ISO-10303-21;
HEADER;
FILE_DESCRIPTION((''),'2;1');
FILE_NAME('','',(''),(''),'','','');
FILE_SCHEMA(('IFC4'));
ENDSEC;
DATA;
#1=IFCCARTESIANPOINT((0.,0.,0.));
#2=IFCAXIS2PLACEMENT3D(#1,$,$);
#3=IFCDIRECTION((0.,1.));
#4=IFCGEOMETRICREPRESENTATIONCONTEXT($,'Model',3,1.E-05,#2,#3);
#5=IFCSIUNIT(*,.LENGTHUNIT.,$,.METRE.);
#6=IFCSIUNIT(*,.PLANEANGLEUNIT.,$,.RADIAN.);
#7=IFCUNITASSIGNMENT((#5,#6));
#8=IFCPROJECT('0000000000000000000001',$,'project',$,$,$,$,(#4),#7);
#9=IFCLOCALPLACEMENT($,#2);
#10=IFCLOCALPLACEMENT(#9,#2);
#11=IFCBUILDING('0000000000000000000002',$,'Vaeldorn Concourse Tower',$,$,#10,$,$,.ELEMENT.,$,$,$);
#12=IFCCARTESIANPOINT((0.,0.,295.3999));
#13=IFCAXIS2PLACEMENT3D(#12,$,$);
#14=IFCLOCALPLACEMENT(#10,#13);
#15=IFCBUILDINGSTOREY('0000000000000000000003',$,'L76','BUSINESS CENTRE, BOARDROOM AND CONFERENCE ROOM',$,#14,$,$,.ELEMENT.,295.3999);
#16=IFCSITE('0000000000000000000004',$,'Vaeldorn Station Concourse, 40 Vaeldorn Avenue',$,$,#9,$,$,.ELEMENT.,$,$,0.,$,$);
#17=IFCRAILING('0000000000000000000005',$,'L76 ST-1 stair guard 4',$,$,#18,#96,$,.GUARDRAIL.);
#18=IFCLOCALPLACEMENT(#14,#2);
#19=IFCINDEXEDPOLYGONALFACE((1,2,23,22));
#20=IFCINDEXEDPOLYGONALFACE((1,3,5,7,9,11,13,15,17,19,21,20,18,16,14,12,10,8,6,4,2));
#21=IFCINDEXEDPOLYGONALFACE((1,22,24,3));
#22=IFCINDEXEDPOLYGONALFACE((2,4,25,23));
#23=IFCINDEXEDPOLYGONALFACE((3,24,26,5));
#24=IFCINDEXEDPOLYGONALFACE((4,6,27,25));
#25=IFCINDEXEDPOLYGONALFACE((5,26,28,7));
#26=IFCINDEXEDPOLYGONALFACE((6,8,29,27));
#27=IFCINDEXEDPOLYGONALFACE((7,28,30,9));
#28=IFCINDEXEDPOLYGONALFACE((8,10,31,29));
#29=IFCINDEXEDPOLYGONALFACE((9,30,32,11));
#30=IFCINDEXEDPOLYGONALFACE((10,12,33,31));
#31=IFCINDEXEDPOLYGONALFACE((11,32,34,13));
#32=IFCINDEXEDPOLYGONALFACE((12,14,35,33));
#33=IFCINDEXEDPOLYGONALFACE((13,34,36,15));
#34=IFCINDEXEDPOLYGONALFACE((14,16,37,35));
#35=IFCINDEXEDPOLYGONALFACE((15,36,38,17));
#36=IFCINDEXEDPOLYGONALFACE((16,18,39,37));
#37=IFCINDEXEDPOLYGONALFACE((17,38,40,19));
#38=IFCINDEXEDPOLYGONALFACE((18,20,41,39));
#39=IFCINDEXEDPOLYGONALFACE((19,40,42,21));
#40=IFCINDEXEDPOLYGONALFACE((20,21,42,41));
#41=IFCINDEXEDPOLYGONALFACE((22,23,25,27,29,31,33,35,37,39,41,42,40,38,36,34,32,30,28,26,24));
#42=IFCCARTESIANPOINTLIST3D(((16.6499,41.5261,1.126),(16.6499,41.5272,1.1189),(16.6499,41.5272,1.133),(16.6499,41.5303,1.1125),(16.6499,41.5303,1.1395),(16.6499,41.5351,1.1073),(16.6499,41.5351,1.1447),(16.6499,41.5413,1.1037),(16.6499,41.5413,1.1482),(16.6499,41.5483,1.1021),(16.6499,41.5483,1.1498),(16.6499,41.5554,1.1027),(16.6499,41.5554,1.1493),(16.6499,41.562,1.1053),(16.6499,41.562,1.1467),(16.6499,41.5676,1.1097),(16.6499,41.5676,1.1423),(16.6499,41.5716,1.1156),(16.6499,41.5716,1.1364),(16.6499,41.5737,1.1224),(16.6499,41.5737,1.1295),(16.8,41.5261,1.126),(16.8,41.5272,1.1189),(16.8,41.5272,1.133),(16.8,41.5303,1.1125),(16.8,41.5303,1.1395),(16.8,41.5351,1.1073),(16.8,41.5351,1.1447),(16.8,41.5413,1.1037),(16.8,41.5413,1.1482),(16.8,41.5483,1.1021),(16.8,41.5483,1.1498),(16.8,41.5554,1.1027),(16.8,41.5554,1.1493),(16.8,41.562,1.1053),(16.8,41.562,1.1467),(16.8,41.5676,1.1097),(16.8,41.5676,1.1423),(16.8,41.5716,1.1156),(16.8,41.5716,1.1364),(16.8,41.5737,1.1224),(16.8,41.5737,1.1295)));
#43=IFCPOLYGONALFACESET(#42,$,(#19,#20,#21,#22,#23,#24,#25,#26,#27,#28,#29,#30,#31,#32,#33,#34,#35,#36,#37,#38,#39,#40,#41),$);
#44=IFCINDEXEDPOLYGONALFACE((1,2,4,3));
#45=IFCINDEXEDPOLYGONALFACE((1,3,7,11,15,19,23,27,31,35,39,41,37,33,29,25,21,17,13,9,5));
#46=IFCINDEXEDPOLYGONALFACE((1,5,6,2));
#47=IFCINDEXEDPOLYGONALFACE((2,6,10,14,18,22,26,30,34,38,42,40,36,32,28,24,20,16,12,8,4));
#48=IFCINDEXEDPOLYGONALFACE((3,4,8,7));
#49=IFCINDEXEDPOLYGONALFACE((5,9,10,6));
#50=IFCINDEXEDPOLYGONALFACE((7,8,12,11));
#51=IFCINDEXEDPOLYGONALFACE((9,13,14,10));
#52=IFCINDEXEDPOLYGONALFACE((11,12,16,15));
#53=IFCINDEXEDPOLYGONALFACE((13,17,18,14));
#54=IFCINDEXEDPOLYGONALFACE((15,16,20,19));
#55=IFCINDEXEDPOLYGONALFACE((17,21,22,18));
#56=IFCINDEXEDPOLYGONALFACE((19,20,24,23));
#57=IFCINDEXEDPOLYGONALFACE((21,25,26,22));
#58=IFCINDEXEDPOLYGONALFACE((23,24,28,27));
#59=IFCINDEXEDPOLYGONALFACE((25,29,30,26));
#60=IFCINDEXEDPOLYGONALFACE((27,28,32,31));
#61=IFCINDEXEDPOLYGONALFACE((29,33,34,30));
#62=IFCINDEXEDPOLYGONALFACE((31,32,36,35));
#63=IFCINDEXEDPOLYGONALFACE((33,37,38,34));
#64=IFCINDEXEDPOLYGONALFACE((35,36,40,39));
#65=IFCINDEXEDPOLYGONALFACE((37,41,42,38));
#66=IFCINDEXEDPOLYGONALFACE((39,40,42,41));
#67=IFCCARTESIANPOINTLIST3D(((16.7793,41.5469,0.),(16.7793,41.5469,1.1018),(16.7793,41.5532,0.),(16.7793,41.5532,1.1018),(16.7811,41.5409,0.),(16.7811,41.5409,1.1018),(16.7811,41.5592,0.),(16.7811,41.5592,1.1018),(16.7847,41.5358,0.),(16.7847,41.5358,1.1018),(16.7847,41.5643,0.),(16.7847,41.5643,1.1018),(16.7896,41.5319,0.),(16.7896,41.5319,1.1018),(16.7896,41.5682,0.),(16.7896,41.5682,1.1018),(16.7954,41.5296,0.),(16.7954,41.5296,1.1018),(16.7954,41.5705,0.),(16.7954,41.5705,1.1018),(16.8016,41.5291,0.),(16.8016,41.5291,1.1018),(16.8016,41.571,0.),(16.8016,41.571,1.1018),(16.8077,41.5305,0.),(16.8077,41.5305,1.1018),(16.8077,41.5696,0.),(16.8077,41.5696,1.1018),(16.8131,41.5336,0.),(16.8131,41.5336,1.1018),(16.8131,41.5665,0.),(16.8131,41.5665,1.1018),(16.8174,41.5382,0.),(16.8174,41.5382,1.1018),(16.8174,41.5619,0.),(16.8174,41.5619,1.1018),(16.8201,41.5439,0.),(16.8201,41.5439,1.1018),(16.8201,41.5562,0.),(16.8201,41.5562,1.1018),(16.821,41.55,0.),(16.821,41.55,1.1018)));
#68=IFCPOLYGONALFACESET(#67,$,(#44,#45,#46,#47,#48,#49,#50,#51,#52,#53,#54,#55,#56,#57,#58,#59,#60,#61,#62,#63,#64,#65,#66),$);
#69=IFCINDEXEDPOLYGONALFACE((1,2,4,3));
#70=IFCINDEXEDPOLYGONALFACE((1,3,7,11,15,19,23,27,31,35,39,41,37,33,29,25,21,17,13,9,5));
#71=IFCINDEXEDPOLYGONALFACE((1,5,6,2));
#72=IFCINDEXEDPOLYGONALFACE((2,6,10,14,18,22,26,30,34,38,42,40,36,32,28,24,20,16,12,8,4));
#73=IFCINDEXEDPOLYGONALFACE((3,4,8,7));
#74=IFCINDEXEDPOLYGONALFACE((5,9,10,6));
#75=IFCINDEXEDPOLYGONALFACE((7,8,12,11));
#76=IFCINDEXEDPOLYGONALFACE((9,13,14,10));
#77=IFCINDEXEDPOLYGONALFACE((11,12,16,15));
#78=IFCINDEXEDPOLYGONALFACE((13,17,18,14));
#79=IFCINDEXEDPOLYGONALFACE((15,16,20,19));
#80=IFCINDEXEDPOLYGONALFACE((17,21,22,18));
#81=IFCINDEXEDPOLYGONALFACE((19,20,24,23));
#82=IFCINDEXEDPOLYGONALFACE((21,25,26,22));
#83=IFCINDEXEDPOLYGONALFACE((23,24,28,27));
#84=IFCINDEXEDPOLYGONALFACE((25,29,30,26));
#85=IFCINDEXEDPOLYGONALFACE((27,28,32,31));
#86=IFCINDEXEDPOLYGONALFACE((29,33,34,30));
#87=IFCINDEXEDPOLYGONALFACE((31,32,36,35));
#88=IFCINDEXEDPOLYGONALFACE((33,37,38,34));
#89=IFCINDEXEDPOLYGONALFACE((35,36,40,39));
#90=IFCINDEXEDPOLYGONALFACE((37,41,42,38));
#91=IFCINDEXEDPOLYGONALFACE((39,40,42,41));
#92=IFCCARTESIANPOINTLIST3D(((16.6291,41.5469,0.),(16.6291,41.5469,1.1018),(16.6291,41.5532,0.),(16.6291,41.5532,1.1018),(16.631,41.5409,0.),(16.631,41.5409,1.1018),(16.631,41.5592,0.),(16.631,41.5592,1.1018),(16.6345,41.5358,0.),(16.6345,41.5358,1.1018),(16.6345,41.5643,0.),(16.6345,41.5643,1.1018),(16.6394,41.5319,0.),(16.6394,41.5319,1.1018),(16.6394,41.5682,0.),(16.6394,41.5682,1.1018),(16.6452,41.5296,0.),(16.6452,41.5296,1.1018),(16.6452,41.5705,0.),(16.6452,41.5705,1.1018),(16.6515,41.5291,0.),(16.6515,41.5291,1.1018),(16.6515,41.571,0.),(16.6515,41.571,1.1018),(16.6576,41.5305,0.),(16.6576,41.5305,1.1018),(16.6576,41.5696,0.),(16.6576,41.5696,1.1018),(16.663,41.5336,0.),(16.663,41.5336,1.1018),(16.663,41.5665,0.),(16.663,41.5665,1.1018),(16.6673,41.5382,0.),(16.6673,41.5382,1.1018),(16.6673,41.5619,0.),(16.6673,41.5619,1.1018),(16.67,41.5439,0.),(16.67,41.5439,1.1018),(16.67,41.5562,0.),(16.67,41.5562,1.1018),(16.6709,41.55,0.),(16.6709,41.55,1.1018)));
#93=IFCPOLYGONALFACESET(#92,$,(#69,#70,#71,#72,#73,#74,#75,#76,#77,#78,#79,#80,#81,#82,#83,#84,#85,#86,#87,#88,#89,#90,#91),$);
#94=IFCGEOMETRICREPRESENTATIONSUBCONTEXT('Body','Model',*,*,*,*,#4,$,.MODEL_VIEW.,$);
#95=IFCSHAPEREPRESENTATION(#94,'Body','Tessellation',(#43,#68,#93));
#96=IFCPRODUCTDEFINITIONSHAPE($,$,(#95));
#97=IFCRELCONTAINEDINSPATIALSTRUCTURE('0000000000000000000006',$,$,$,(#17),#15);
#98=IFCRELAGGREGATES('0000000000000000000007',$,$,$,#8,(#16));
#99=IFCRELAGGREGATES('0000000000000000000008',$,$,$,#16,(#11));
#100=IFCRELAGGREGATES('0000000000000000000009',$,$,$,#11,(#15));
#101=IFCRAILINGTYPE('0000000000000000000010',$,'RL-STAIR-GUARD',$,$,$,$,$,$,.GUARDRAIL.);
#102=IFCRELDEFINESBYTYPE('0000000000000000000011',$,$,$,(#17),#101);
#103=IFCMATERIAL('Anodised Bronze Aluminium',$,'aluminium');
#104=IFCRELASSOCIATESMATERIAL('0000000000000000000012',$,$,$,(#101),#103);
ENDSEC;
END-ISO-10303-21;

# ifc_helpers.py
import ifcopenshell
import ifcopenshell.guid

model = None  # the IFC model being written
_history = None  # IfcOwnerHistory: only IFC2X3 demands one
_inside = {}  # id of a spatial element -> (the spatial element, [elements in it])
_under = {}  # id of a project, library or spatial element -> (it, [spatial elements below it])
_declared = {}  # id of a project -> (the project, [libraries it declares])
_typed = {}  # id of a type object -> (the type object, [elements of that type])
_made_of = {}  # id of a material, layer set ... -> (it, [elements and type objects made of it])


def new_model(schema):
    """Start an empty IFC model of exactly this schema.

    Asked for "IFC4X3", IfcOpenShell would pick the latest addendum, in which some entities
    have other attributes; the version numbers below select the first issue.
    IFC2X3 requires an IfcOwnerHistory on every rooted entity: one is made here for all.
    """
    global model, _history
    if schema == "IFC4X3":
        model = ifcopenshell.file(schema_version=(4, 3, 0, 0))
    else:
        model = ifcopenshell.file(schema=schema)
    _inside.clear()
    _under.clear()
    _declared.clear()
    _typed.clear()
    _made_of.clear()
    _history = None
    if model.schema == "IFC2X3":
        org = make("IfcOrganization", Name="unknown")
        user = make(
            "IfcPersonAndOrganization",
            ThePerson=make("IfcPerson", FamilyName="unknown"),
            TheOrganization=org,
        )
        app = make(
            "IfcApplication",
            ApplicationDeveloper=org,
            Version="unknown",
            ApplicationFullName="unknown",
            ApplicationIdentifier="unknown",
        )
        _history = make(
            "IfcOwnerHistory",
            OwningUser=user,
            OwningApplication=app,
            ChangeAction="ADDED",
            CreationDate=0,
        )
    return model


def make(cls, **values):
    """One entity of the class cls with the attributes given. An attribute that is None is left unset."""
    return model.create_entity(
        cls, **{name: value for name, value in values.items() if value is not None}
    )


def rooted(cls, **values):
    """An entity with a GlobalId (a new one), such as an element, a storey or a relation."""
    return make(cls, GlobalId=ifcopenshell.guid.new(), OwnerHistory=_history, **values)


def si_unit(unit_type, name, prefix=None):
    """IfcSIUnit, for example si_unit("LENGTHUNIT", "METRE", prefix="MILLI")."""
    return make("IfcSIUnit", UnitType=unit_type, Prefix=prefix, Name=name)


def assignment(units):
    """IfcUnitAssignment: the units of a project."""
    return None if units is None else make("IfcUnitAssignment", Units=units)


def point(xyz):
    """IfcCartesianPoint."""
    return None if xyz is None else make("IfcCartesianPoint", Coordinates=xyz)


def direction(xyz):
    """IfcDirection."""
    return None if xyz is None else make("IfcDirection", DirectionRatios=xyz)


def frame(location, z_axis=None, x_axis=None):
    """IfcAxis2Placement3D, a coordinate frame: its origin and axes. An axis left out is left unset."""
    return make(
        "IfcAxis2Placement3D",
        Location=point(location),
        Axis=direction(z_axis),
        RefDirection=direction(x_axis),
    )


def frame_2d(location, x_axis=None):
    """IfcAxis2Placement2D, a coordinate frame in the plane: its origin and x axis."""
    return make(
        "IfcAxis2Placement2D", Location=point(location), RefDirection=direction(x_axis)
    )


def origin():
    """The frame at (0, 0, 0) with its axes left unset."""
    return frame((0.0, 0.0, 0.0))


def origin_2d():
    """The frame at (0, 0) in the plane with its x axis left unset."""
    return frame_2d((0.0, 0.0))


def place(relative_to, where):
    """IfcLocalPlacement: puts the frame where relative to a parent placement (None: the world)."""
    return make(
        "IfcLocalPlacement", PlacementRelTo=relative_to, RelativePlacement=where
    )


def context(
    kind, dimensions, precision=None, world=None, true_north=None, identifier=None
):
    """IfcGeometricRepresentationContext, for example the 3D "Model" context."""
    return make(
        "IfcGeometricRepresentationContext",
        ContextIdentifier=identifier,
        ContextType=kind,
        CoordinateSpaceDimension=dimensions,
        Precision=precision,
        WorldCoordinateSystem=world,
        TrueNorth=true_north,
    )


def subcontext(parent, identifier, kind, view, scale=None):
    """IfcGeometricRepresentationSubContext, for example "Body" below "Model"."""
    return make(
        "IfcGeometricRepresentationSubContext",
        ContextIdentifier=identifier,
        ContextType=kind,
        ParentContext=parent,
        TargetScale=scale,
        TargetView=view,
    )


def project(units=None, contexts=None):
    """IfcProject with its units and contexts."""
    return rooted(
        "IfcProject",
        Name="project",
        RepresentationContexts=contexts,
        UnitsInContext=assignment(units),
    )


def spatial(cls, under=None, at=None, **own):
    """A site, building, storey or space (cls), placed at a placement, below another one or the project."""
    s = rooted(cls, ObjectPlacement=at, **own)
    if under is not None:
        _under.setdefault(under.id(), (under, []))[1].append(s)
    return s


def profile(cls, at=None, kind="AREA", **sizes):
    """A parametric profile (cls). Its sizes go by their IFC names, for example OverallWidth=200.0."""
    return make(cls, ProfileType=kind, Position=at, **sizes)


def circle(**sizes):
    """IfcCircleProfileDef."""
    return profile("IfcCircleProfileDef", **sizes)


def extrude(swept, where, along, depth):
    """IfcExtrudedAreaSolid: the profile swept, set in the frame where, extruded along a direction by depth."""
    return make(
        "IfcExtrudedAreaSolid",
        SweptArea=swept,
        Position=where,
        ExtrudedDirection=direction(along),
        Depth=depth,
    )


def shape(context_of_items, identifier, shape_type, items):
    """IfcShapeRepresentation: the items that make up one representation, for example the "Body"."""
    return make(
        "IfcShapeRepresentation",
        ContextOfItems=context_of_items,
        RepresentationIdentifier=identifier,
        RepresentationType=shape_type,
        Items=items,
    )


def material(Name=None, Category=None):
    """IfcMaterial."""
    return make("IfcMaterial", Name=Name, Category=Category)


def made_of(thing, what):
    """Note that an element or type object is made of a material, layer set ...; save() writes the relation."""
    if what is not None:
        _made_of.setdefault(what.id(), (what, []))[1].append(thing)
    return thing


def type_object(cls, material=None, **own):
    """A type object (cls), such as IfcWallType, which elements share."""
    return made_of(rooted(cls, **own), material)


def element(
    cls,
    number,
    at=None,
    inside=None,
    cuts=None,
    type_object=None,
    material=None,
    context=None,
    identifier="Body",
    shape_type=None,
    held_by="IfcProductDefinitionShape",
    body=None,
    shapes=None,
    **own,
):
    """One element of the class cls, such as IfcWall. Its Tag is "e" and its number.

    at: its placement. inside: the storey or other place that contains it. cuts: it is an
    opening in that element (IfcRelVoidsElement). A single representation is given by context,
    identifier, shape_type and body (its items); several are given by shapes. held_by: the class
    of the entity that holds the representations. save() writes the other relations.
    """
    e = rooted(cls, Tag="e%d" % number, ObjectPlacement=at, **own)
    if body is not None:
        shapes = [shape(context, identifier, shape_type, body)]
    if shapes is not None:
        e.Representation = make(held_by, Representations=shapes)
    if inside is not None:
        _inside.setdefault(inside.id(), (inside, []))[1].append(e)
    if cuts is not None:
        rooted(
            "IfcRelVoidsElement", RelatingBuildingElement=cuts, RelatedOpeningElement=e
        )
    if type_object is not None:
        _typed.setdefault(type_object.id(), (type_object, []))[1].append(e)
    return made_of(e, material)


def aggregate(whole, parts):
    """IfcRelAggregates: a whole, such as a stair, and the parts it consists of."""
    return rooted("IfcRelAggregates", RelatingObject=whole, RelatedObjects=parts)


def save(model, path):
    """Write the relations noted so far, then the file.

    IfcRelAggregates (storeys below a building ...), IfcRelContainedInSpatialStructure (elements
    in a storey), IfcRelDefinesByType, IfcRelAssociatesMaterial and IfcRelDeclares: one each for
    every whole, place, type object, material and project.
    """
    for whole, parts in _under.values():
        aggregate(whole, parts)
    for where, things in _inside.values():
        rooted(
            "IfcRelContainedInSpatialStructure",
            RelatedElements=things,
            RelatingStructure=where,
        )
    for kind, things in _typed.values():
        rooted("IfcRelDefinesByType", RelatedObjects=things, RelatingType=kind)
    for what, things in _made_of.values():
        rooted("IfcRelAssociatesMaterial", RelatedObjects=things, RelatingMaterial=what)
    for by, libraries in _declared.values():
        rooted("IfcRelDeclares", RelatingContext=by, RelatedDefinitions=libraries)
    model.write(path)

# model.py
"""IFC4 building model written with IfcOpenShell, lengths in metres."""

from ifc_helpers import new_model, si_unit, direction, frame, origin, origin_2d, place, context, subcontext, project, spatial, circle, extrude, material, type_object, element, save


model = new_model("IFC4")

# Units and contexts
model_context = context("Model", 3, precision=1e-05, world=origin(), true_north=direction((0.0, 1.0)))
body_context = subcontext(model_context, "Body", "Model", "MODEL_VIEW")
ifc_project = project(units=[si_unit("LENGTHUNIT", "METRE"), si_unit("PLANEANGLEUNIT", "RADIAN")], contexts=[model_context])

# Site, building, storey
site_placement = place(None, origin())
site = spatial("IfcSite", under=ifc_project, at=site_placement, Name="Vaeldorn Station Concourse, 40 Vaeldorn Avenue", CompositionType="ELEMENT", RefElevation=0.0)
building_placement = place(site_placement, origin())
building = spatial("IfcBuilding", under=site, at=building_placement, Name="Vaeldorn Concourse Tower", CompositionType="ELEMENT")
storey_placement = place(building_placement, frame((0.0, 0.0, 295.3999)))
storey = spatial("IfcBuildingStorey", under=building, at=storey_placement, Name="L76", Description="BUSINESS CENTRE, BOARDROOM AND CONFERENCE ROOM", CompositionType="ELEMENT", Elevation=295.3999)

# Shared definitions
ifc_material_1 = material(Name="Anodised Bronze Aluminium", Category="aluminium")

# Railing
railing_type_1 = type_object("IfcRailingType", Name="RL-STAIR-GUARD", PredefinedType="GUARDRAIL", material=ifc_material_1)
railing_1_placement = place(storey_placement, frame((16.8, 41.55, 0.0)))
element("IfcRailing", 1, at=railing_1_placement, inside=storey, type_object=railing_type_1, Name="L76 ST-1 stair guard 4", PredefinedType="GUARDRAIL", context=body_context, shape_type="SweptSolid", body=[
    extrude(circle(Radius=0.0239, at=origin_2d()), frame((0.0, 0.0, 1.126), z_axis=(-1.0, 0.0, 0.0), x_axis=(0.0, -1.0, 0.0)), (0.0, 0.0, 1.0), 0.1501),
    extrude(circle(Radius=0.021, at=origin_2d()), origin(), (0.0, 0.0, 1.0), 1.1018),
    extrude(circle(Radius=0.021, at=origin_2d()), frame((-0.1501, 0.0, 0.0)), (0.0, 0.0, 1.0), 1.1018),
])

save(model, "model.ifc")
